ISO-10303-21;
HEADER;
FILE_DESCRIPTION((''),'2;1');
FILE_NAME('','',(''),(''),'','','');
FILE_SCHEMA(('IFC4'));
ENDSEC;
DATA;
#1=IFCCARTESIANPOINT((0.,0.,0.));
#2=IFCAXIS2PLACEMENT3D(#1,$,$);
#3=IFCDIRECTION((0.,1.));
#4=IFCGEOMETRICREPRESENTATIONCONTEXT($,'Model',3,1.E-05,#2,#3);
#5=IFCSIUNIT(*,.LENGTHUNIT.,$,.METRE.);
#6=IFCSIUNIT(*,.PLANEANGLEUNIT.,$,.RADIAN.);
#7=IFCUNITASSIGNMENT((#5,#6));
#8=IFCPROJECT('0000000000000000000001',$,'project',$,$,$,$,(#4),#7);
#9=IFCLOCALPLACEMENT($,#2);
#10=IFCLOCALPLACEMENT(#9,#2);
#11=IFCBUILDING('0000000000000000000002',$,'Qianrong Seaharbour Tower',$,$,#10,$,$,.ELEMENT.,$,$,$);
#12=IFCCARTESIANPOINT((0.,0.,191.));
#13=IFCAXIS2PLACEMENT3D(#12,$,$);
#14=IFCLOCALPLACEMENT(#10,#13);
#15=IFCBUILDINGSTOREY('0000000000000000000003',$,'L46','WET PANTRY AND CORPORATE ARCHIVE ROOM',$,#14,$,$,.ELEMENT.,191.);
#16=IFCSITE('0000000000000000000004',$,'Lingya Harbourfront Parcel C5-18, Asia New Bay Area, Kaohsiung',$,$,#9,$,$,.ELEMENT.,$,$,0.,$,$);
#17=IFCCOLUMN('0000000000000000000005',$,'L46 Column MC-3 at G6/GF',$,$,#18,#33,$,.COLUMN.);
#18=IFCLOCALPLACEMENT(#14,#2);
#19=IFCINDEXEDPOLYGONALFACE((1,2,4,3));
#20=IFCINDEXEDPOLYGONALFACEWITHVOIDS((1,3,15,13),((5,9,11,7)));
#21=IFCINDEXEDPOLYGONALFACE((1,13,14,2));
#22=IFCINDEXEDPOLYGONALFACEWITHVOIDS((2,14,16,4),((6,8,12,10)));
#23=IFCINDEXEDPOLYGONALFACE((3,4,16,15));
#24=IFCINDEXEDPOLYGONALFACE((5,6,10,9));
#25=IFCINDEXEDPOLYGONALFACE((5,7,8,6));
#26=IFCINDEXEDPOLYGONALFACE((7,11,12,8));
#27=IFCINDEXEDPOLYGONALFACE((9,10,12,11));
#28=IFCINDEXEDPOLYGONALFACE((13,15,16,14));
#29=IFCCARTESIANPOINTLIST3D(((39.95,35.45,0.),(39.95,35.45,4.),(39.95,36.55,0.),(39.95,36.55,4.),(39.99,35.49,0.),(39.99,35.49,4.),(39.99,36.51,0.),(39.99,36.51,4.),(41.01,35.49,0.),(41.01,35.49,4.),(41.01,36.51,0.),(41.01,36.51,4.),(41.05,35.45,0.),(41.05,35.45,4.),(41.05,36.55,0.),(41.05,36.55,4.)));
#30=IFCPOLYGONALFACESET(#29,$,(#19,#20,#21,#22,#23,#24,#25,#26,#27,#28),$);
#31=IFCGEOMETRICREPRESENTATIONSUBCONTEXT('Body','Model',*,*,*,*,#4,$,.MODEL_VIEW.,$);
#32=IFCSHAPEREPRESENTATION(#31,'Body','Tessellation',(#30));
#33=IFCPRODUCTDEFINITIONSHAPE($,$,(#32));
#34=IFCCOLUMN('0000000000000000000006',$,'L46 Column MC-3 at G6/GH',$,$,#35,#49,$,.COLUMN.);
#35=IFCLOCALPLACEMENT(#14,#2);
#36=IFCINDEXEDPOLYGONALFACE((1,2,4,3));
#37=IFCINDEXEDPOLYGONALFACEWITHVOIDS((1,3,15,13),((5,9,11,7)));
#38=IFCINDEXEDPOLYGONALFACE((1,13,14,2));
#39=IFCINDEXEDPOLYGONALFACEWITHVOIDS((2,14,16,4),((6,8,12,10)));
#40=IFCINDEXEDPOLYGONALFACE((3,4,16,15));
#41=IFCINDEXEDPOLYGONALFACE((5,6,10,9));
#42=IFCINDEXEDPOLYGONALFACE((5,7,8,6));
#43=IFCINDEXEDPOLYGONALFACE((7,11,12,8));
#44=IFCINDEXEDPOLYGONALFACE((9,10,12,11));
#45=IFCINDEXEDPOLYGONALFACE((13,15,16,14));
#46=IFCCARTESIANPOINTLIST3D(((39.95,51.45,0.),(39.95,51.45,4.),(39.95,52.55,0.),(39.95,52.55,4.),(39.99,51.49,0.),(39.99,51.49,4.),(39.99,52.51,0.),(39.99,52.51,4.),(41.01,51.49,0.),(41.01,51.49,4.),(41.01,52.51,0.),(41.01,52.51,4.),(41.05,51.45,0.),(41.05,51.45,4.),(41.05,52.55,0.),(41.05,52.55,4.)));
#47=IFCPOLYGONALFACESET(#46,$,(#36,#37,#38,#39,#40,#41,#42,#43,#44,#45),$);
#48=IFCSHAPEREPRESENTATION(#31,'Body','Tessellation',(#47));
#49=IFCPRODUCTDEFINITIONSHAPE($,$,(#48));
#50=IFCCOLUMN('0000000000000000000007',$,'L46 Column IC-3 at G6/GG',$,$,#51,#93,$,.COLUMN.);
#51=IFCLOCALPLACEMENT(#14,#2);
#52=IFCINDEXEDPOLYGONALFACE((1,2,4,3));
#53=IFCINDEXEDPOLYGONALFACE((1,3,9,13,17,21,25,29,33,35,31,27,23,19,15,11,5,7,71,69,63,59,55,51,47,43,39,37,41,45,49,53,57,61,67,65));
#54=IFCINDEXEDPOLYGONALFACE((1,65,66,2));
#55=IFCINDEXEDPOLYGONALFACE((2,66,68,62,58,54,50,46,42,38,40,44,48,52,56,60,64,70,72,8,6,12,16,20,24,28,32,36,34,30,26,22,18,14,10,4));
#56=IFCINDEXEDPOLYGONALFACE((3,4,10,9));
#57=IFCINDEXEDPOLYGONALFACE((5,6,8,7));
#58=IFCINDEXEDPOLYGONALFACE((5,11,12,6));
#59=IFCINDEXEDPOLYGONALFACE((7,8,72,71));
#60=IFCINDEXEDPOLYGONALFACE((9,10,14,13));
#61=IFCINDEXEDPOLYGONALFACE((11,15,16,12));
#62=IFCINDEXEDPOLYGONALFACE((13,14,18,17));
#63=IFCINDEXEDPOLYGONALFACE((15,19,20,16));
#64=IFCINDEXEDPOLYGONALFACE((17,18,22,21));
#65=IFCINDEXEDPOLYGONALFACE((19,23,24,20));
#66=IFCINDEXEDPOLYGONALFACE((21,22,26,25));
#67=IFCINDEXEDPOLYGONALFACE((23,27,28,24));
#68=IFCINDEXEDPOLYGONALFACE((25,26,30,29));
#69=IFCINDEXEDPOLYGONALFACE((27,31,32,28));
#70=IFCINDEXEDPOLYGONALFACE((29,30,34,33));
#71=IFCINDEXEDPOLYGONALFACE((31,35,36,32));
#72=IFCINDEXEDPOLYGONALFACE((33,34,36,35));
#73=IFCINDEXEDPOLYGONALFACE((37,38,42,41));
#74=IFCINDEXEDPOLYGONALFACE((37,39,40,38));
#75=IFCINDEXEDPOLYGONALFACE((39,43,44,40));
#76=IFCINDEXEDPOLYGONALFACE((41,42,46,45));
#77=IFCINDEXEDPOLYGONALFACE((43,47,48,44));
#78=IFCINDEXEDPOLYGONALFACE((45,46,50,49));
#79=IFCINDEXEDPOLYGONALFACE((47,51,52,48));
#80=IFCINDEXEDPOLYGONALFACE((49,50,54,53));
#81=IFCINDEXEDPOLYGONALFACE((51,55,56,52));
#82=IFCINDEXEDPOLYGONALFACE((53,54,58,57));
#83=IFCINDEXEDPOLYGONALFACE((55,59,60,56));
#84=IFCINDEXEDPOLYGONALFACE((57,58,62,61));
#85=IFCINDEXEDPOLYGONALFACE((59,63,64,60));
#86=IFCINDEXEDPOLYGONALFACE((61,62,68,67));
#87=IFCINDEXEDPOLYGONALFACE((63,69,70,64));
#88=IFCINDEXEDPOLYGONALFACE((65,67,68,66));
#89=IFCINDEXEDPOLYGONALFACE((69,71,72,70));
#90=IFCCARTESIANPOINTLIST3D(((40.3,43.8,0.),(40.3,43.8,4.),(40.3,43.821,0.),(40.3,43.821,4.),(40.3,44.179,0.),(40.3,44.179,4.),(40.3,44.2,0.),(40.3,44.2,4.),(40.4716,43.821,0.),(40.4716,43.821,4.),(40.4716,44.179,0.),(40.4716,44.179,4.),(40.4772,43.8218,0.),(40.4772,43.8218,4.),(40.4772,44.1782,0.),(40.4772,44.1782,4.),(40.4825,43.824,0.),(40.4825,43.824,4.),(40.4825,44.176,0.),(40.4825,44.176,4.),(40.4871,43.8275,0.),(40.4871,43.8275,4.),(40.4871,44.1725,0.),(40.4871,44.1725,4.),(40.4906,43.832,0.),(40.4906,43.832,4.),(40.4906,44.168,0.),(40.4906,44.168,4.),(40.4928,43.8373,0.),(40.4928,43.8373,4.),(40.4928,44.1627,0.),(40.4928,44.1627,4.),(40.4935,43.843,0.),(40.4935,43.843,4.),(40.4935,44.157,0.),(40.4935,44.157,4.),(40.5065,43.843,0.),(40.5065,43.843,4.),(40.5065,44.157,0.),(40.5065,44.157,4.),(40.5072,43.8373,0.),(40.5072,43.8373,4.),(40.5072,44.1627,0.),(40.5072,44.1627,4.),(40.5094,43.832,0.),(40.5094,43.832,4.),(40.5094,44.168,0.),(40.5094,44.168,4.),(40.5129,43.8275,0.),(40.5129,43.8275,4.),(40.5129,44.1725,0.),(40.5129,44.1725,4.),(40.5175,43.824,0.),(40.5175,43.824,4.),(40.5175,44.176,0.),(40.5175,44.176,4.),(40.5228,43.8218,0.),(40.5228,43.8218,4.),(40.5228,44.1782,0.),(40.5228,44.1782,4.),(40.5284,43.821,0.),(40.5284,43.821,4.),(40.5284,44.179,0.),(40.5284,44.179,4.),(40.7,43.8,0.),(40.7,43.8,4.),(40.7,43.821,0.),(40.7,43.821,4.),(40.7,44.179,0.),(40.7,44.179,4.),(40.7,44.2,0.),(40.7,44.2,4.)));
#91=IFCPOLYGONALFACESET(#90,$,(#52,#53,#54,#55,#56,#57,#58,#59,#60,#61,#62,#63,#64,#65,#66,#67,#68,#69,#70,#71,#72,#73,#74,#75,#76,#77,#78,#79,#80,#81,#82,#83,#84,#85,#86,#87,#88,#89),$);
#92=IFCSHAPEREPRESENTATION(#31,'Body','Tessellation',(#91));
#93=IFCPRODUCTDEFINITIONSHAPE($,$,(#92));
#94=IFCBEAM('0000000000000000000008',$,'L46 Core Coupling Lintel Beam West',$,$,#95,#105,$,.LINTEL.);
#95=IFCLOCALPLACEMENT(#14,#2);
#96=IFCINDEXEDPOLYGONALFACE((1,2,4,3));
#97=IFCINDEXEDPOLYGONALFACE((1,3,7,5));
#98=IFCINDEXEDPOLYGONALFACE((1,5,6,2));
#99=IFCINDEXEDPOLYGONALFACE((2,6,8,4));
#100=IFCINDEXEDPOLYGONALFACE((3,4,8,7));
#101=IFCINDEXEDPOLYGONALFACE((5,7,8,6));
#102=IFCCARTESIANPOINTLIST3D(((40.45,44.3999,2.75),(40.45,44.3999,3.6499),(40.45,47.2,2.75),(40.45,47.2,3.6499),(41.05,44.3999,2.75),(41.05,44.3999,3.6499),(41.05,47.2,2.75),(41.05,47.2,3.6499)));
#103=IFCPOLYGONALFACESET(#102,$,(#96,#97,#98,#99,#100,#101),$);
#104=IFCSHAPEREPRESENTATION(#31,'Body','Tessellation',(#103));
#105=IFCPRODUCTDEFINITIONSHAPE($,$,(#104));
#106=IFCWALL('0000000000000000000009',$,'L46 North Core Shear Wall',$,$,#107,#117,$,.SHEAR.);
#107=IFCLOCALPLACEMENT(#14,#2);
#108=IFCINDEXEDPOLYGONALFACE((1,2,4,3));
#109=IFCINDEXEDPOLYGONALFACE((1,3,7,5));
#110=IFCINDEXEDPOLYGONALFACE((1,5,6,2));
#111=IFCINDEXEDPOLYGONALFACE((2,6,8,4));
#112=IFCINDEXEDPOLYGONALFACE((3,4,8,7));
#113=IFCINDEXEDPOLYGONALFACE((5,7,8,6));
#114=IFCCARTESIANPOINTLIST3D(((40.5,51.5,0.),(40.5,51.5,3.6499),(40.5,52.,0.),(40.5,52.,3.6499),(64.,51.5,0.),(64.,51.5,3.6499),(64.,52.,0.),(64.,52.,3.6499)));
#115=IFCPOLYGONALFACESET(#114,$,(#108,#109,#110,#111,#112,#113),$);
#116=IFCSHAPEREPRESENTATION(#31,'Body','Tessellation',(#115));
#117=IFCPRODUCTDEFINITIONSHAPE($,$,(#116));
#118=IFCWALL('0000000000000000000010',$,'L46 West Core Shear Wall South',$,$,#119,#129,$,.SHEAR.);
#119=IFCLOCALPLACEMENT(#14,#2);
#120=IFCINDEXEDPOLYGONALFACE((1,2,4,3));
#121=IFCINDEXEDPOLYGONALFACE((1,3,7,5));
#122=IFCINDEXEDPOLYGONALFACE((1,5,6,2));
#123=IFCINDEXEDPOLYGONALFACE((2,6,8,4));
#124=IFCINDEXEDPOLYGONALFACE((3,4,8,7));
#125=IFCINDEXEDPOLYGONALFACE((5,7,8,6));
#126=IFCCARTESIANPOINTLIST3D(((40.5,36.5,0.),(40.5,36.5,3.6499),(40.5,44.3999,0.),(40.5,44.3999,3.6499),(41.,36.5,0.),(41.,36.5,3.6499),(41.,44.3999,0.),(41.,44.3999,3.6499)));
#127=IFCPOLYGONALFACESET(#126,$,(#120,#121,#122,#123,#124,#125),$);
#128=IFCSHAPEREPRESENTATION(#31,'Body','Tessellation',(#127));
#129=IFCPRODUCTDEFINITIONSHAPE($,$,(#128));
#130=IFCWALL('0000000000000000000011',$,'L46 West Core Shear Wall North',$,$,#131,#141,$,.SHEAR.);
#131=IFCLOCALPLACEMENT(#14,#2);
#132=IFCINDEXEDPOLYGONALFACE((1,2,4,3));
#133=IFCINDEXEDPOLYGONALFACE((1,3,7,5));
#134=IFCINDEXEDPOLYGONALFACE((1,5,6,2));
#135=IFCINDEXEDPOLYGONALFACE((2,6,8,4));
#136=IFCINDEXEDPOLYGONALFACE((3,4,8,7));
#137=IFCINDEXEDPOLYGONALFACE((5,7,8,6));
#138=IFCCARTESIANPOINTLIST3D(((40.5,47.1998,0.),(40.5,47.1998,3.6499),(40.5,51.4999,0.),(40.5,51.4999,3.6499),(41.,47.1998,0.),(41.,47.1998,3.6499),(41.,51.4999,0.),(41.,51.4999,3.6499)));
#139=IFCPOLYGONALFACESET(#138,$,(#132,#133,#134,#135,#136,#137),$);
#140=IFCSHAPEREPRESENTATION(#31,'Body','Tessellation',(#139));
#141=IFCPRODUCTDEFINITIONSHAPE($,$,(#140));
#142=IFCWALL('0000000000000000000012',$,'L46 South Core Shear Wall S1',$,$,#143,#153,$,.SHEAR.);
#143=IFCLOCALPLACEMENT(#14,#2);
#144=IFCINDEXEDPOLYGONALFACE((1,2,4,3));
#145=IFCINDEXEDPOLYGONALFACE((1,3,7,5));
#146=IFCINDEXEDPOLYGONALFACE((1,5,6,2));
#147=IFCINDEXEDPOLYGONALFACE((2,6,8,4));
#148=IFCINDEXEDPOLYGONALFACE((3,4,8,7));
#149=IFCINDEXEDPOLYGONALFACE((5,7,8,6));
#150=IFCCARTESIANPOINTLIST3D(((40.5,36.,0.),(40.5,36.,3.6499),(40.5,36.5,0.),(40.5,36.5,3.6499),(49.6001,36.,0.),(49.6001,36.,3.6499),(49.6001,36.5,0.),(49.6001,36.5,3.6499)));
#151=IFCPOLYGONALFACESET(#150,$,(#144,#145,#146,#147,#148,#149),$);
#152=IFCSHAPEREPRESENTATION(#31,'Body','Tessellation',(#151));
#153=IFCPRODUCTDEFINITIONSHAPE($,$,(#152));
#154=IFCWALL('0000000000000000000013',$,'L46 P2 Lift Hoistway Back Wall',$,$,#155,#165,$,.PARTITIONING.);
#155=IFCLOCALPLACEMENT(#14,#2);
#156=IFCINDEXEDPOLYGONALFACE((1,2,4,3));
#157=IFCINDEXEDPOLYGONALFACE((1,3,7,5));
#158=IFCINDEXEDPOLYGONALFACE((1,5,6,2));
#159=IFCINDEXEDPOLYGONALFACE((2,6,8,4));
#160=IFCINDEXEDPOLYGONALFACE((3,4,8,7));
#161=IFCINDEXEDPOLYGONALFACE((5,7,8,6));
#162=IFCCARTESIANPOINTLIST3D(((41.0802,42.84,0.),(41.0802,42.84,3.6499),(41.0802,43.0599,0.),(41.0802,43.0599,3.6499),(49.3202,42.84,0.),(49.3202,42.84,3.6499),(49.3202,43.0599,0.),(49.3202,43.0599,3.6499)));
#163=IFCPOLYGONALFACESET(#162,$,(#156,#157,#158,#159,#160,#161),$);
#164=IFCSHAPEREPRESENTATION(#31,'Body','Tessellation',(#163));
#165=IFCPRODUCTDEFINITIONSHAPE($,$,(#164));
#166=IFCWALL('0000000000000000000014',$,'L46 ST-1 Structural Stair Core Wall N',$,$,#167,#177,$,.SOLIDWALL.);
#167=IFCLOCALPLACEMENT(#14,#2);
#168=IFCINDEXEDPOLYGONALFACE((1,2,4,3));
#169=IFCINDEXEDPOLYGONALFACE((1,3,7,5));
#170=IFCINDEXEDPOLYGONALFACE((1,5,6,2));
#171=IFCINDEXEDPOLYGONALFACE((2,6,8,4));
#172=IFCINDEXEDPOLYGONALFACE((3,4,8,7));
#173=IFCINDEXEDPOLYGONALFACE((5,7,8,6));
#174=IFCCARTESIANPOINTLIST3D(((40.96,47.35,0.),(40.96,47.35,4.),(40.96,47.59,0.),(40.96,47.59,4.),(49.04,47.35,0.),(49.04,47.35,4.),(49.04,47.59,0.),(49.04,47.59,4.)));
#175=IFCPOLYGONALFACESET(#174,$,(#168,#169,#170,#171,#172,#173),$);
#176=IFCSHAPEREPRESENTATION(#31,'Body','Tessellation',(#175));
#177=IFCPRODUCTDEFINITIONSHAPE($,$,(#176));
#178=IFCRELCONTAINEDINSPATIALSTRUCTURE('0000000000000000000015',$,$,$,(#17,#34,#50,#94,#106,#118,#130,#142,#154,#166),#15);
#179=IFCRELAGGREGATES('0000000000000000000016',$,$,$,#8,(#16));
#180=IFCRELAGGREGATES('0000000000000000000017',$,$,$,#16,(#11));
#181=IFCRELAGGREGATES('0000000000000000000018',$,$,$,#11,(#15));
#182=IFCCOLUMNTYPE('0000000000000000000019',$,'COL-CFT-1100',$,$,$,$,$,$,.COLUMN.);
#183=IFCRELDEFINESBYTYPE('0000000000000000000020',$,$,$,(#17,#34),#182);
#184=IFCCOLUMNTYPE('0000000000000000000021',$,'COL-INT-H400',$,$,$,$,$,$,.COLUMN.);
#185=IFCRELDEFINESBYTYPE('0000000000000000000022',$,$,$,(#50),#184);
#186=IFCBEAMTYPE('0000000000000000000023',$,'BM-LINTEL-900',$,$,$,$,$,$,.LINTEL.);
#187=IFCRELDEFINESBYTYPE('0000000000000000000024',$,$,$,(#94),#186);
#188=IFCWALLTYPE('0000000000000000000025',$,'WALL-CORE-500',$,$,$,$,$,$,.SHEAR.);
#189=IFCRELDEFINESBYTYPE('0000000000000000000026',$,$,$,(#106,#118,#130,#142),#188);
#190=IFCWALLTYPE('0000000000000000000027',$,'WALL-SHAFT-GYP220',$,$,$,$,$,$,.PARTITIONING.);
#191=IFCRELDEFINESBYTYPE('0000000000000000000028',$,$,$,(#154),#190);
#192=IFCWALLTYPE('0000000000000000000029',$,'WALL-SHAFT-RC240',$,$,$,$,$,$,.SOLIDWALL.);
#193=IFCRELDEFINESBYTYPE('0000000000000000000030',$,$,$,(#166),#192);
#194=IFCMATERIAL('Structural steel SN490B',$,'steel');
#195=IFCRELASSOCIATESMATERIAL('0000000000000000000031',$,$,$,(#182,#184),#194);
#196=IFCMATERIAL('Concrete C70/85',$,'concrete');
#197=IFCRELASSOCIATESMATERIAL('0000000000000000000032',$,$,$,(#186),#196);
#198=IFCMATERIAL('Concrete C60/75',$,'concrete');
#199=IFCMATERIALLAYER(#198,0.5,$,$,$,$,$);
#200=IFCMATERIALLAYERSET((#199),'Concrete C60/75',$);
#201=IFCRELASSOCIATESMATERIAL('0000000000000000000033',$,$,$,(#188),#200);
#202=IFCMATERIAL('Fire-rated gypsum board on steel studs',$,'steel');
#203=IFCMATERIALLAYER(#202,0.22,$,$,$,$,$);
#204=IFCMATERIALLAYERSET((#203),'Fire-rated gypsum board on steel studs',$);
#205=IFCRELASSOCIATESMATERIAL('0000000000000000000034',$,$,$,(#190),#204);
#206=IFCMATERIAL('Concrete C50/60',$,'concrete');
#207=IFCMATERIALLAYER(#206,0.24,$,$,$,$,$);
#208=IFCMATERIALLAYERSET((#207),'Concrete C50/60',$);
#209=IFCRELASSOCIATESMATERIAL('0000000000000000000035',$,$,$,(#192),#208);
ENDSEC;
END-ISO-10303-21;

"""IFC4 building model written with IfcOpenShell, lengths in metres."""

from ifc_helpers import new_model, si_unit, direction, frame, frame_2d, origin, origin_2d, place, context, subcontext, project, spatial, rectangle, hollow_rectangle, i_section, extrude, material, layer, layer_set, material_profile, profile_set, type_object, element, save


model = new_model("IFC4")

# Units and contexts
model_context = context("Model", 3, precision=1e-05, world=origin(), true_north=direction((0.0, 1.0)))
body_context = subcontext(model_context, "Body", "Model", "MODEL_VIEW")
ifc_project = project(units=[si_unit("LENGTHUNIT", "METRE"), si_unit("PLANEANGLEUNIT", "RADIAN")], contexts=[model_context])

# Site, building, storey
site_placement = place(None, origin())
site = spatial("IfcSite", under=ifc_project, at=site_placement, Name="Lingya Harbourfront Parcel C5-18, Asia New Bay Area, Kaohsiung", CompositionType="ELEMENT", RefElevation=0.0)
building_placement = place(site_placement, origin())
building = spatial("IfcBuilding", under=site, at=building_placement, Name="Qianrong Seaharbour Tower", CompositionType="ELEMENT")
storey_placement = place(building_placement, frame((0.0, 0.0, 191.0)))
storey = spatial("IfcBuildingStorey", under=building, at=storey_placement, Name="L46", Description="WET PANTRY AND CORPORATE ARCHIVE ROOM", CompositionType="ELEMENT", Elevation=191.0)

# Columns
ifc_material_1 = material(Name="Structural steel SN490B", Category="steel")
ifc_material_profile_1 = material_profile(ifc_material_1, hollow_rectangle(XDim=1.1001, YDim=1.1001, WallThickness=0.04, at=origin_2d()), Name="BOX1100x1100x40")
ifc_profile_set_1 = profile_set([ifc_material_profile_1], Name="Structural steel SN490B")
column_type_1 = type_object("IfcColumnType", Name="COL-CFT-1100", PredefinedType="COLUMN", material=ifc_profile_set_1)
for number, where, z_axis, x_axis, name in (
    (1, (40.5, 36.0, 0.0), (0.0, 0.0, 1.0), (1.0, 0.0, 0.0), "L46 Column MC-3 at G6/GF"),
    (2, (40.5, 52.0, 0.0), (0.0, 0.0, 1.0), (1.0, 0.0, 0.0), "L46 Column MC-3 at G6/GH"),
):
    element("IfcColumn", number, at=place(storey_placement, frame(where, z_axis=z_axis, x_axis=x_axis)), inside=storey, type_object=column_type_1, Name=name, PredefinedType="COLUMN", context=body_context, shape_type="SweptSolid", body=[
        extrude(hollow_rectangle(XDim=1.1001, YDim=1.1001, WallThickness=0.04, at=origin_2d()), origin(), (0.0, 0.0, 1.0), 4.0),
    ])
ifc_material_profile_2 = material_profile(ifc_material_1, i_section(OverallWidth=0.3999, OverallDepth=0.3999, WebThickness=0.0129, FlangeThickness=0.021, FilletRadius=0.022, at=origin_2d()), Name="H400x400x13x21")
ifc_profile_set_2 = profile_set([ifc_material_profile_2], Name="Structural steel SN490B")
column_type_2 = type_object("IfcColumnType", Name="COL-INT-H400", PredefinedType="COLUMN", material=ifc_profile_set_2)
column_placement = place(storey_placement, frame((40.5, 44.0, 0.0), z_axis=(0.0, 0.0, 1.0), x_axis=(1.0, 0.0, 0.0)))
element("IfcColumn", 3, at=column_placement, inside=storey, type_object=column_type_2, Name="L46 Column IC-3 at G6/GG", PredefinedType="COLUMN", context=body_context, shape_type="SweptSolid", body=[
    extrude(i_section(OverallWidth=0.3999, OverallDepth=0.3999, WebThickness=0.0129, FlangeThickness=0.021, FilletRadius=0.022, at=origin_2d()), origin(), (0.0, 0.0, 1.0), 4.0),
])

# Beam
ifc_material_2 = material(Name="Concrete C70/85", Category="concrete")
ifc_material_profile_3 = material_profile(ifc_material_2, rectangle(XDim=0.6001, YDim=0.8999, at=origin_2d()), Name="RC600x900")
ifc_profile_set_3 = profile_set([ifc_material_profile_3], Name="Concrete C70/85")
beam_type = type_object("IfcBeamType", Name="BM-LINTEL-900", PredefinedType="LINTEL", material=ifc_profile_set_3)
beam_placement = place(storey_placement, frame((40.75, 44.3999, 3.2), z_axis=(0.0, 1.0, 0.0), x_axis=(-1.0, 0.0, 0.0)))
element("IfcBeam", 4, at=beam_placement, inside=storey, type_object=beam_type, Name="L46 Core Coupling Lintel Beam West", PredefinedType="LINTEL", context=body_context, shape_type="SweptSolid", body=[
    extrude(rectangle(XDim=0.6001, YDim=0.8999, at=origin_2d()), origin(), (0.0, 0.0, 1.0), 2.8),
])

# Walls
ifc_material_3 = material(Name="Concrete C60/75", Category="concrete")
ifc_layer_1 = layer(ifc_material_3, 0.5)
ifc_layer_set_1 = layer_set([ifc_layer_1], Name="Concrete C60/75")
wall_type_1 = type_object("IfcWallType", Name="WALL-CORE-500", PredefinedType="SHEAR", material=ifc_layer_set_1)
wall_1_placement = place(storey_placement, frame((40.5, 51.75, 0.0), z_axis=(0.0, 0.0, 1.0), x_axis=(1.0, 0.0, 0.0)))
element("IfcWall", 5, at=wall_1_placement, inside=storey, type_object=wall_type_1, Name="L46 North Core Shear Wall", PredefinedType="SHEAR", context=body_context, shape_type="SweptSolid", body=[
    extrude(rectangle(XDim=23.5, YDim=0.5, at=frame_2d((11.75, 0.0))), origin(), (0.0, 0.0, 1.0), 3.6499),
])
wall_2_placement = place(storey_placement, frame((40.75, 36.5, 0.0), z_axis=(0.0, 0.0, 1.0), x_axis=(0.0, 1.0, 0.0)))
element("IfcWall", 6, at=wall_2_placement, inside=storey, type_object=wall_type_1, Name="L46 West Core Shear Wall South", PredefinedType="SHEAR", context=body_context, shape_type="SweptSolid", body=[
    extrude(rectangle(XDim=7.8999, YDim=0.5, at=frame_2d((3.95, 0.0))), origin(), (0.0, 0.0, 1.0), 3.6499),
])
wall_3_placement = place(storey_placement, frame((40.75, 47.2, 0.0), z_axis=(0.0, 0.0, 1.0), x_axis=(0.0, 1.0, 0.0)))
element("IfcWall", 7, at=wall_3_placement, inside=storey, type_object=wall_type_1, Name="L46 West Core Shear Wall North", PredefinedType="SHEAR", context=body_context, shape_type="SweptSolid", body=[
    extrude(rectangle(XDim=4.3, YDim=0.5, at=frame_2d((2.1499, 0.0))), origin(), (0.0, 0.0, 1.0), 3.6499),
])
wall_4_placement = place(storey_placement, frame((40.5, 36.25, 0.0), z_axis=(0.0, 0.0, 1.0), x_axis=(1.0, 0.0, 0.0)))
element("IfcWall", 8, at=wall_4_placement, inside=storey, type_object=wall_type_1, Name="L46 South Core Shear Wall S1", PredefinedType="SHEAR", context=body_context, shape_type="SweptSolid", body=[
    extrude(rectangle(XDim=9.1001, YDim=0.5, at=frame_2d((4.55, 0.0))), origin(), (0.0, 0.0, 1.0), 3.6499),
])

# Walls
ifc_material_4 = material(Name="Fire-rated gypsum board on steel studs", Category="steel")
ifc_layer_2 = layer(ifc_material_4, 0.22)
ifc_layer_set_2 = layer_set([ifc_layer_2], Name="Fire-rated gypsum board on steel studs")
wall_type_2 = type_object("IfcWallType", Name="WALL-SHAFT-GYP220", PredefinedType="PARTITIONING", material=ifc_layer_set_2)
wall_5_placement = place(storey_placement, frame((41.0801, 42.95, 0.0), z_axis=(0.0, 0.0, 1.0), x_axis=(1.0, 0.0, 0.0)))
element("IfcWall", 9, at=wall_5_placement, inside=storey, type_object=wall_type_2, Name="L46 P2 Lift Hoistway Back Wall", PredefinedType="PARTITIONING", context=body_context, shape_type="SweptSolid", body=[
    extrude(rectangle(XDim=8.24, YDim=0.22, at=frame_2d((4.1201, 0.0))), origin(), (0.0, 0.0, 1.0), 3.6499),
])
ifc_material_5 = material(Name="Concrete C50/60", Category="concrete")
ifc_layer_3 = layer(ifc_material_5, 0.24)
ifc_layer_set_3 = layer_set([ifc_layer_3], Name="Concrete C50/60")
wall_type_3 = type_object("IfcWallType", Name="WALL-SHAFT-RC240", PredefinedType="SOLIDWALL", material=ifc_layer_set_3)
wall_6_placement = place(storey_placement, frame((40.96, 47.47, 0.0), z_axis=(0.0, 0.0, 1.0), x_axis=(1.0, 0.0, 0.0)))
element("IfcWall", 10, at=wall_6_placement, inside=storey, type_object=wall_type_3, Name="L46 ST-1 Structural Stair Core Wall N", PredefinedType="SOLIDWALL", context=body_context, shape_type="SweptSolid", body=[
    extrude(rectangle(XDim=8.0801, YDim=0.24, at=frame_2d((4.04, 0.0))), origin(), (0.0, 0.0, 1.0), 4.0),
])

save(model, "model.ifc")
